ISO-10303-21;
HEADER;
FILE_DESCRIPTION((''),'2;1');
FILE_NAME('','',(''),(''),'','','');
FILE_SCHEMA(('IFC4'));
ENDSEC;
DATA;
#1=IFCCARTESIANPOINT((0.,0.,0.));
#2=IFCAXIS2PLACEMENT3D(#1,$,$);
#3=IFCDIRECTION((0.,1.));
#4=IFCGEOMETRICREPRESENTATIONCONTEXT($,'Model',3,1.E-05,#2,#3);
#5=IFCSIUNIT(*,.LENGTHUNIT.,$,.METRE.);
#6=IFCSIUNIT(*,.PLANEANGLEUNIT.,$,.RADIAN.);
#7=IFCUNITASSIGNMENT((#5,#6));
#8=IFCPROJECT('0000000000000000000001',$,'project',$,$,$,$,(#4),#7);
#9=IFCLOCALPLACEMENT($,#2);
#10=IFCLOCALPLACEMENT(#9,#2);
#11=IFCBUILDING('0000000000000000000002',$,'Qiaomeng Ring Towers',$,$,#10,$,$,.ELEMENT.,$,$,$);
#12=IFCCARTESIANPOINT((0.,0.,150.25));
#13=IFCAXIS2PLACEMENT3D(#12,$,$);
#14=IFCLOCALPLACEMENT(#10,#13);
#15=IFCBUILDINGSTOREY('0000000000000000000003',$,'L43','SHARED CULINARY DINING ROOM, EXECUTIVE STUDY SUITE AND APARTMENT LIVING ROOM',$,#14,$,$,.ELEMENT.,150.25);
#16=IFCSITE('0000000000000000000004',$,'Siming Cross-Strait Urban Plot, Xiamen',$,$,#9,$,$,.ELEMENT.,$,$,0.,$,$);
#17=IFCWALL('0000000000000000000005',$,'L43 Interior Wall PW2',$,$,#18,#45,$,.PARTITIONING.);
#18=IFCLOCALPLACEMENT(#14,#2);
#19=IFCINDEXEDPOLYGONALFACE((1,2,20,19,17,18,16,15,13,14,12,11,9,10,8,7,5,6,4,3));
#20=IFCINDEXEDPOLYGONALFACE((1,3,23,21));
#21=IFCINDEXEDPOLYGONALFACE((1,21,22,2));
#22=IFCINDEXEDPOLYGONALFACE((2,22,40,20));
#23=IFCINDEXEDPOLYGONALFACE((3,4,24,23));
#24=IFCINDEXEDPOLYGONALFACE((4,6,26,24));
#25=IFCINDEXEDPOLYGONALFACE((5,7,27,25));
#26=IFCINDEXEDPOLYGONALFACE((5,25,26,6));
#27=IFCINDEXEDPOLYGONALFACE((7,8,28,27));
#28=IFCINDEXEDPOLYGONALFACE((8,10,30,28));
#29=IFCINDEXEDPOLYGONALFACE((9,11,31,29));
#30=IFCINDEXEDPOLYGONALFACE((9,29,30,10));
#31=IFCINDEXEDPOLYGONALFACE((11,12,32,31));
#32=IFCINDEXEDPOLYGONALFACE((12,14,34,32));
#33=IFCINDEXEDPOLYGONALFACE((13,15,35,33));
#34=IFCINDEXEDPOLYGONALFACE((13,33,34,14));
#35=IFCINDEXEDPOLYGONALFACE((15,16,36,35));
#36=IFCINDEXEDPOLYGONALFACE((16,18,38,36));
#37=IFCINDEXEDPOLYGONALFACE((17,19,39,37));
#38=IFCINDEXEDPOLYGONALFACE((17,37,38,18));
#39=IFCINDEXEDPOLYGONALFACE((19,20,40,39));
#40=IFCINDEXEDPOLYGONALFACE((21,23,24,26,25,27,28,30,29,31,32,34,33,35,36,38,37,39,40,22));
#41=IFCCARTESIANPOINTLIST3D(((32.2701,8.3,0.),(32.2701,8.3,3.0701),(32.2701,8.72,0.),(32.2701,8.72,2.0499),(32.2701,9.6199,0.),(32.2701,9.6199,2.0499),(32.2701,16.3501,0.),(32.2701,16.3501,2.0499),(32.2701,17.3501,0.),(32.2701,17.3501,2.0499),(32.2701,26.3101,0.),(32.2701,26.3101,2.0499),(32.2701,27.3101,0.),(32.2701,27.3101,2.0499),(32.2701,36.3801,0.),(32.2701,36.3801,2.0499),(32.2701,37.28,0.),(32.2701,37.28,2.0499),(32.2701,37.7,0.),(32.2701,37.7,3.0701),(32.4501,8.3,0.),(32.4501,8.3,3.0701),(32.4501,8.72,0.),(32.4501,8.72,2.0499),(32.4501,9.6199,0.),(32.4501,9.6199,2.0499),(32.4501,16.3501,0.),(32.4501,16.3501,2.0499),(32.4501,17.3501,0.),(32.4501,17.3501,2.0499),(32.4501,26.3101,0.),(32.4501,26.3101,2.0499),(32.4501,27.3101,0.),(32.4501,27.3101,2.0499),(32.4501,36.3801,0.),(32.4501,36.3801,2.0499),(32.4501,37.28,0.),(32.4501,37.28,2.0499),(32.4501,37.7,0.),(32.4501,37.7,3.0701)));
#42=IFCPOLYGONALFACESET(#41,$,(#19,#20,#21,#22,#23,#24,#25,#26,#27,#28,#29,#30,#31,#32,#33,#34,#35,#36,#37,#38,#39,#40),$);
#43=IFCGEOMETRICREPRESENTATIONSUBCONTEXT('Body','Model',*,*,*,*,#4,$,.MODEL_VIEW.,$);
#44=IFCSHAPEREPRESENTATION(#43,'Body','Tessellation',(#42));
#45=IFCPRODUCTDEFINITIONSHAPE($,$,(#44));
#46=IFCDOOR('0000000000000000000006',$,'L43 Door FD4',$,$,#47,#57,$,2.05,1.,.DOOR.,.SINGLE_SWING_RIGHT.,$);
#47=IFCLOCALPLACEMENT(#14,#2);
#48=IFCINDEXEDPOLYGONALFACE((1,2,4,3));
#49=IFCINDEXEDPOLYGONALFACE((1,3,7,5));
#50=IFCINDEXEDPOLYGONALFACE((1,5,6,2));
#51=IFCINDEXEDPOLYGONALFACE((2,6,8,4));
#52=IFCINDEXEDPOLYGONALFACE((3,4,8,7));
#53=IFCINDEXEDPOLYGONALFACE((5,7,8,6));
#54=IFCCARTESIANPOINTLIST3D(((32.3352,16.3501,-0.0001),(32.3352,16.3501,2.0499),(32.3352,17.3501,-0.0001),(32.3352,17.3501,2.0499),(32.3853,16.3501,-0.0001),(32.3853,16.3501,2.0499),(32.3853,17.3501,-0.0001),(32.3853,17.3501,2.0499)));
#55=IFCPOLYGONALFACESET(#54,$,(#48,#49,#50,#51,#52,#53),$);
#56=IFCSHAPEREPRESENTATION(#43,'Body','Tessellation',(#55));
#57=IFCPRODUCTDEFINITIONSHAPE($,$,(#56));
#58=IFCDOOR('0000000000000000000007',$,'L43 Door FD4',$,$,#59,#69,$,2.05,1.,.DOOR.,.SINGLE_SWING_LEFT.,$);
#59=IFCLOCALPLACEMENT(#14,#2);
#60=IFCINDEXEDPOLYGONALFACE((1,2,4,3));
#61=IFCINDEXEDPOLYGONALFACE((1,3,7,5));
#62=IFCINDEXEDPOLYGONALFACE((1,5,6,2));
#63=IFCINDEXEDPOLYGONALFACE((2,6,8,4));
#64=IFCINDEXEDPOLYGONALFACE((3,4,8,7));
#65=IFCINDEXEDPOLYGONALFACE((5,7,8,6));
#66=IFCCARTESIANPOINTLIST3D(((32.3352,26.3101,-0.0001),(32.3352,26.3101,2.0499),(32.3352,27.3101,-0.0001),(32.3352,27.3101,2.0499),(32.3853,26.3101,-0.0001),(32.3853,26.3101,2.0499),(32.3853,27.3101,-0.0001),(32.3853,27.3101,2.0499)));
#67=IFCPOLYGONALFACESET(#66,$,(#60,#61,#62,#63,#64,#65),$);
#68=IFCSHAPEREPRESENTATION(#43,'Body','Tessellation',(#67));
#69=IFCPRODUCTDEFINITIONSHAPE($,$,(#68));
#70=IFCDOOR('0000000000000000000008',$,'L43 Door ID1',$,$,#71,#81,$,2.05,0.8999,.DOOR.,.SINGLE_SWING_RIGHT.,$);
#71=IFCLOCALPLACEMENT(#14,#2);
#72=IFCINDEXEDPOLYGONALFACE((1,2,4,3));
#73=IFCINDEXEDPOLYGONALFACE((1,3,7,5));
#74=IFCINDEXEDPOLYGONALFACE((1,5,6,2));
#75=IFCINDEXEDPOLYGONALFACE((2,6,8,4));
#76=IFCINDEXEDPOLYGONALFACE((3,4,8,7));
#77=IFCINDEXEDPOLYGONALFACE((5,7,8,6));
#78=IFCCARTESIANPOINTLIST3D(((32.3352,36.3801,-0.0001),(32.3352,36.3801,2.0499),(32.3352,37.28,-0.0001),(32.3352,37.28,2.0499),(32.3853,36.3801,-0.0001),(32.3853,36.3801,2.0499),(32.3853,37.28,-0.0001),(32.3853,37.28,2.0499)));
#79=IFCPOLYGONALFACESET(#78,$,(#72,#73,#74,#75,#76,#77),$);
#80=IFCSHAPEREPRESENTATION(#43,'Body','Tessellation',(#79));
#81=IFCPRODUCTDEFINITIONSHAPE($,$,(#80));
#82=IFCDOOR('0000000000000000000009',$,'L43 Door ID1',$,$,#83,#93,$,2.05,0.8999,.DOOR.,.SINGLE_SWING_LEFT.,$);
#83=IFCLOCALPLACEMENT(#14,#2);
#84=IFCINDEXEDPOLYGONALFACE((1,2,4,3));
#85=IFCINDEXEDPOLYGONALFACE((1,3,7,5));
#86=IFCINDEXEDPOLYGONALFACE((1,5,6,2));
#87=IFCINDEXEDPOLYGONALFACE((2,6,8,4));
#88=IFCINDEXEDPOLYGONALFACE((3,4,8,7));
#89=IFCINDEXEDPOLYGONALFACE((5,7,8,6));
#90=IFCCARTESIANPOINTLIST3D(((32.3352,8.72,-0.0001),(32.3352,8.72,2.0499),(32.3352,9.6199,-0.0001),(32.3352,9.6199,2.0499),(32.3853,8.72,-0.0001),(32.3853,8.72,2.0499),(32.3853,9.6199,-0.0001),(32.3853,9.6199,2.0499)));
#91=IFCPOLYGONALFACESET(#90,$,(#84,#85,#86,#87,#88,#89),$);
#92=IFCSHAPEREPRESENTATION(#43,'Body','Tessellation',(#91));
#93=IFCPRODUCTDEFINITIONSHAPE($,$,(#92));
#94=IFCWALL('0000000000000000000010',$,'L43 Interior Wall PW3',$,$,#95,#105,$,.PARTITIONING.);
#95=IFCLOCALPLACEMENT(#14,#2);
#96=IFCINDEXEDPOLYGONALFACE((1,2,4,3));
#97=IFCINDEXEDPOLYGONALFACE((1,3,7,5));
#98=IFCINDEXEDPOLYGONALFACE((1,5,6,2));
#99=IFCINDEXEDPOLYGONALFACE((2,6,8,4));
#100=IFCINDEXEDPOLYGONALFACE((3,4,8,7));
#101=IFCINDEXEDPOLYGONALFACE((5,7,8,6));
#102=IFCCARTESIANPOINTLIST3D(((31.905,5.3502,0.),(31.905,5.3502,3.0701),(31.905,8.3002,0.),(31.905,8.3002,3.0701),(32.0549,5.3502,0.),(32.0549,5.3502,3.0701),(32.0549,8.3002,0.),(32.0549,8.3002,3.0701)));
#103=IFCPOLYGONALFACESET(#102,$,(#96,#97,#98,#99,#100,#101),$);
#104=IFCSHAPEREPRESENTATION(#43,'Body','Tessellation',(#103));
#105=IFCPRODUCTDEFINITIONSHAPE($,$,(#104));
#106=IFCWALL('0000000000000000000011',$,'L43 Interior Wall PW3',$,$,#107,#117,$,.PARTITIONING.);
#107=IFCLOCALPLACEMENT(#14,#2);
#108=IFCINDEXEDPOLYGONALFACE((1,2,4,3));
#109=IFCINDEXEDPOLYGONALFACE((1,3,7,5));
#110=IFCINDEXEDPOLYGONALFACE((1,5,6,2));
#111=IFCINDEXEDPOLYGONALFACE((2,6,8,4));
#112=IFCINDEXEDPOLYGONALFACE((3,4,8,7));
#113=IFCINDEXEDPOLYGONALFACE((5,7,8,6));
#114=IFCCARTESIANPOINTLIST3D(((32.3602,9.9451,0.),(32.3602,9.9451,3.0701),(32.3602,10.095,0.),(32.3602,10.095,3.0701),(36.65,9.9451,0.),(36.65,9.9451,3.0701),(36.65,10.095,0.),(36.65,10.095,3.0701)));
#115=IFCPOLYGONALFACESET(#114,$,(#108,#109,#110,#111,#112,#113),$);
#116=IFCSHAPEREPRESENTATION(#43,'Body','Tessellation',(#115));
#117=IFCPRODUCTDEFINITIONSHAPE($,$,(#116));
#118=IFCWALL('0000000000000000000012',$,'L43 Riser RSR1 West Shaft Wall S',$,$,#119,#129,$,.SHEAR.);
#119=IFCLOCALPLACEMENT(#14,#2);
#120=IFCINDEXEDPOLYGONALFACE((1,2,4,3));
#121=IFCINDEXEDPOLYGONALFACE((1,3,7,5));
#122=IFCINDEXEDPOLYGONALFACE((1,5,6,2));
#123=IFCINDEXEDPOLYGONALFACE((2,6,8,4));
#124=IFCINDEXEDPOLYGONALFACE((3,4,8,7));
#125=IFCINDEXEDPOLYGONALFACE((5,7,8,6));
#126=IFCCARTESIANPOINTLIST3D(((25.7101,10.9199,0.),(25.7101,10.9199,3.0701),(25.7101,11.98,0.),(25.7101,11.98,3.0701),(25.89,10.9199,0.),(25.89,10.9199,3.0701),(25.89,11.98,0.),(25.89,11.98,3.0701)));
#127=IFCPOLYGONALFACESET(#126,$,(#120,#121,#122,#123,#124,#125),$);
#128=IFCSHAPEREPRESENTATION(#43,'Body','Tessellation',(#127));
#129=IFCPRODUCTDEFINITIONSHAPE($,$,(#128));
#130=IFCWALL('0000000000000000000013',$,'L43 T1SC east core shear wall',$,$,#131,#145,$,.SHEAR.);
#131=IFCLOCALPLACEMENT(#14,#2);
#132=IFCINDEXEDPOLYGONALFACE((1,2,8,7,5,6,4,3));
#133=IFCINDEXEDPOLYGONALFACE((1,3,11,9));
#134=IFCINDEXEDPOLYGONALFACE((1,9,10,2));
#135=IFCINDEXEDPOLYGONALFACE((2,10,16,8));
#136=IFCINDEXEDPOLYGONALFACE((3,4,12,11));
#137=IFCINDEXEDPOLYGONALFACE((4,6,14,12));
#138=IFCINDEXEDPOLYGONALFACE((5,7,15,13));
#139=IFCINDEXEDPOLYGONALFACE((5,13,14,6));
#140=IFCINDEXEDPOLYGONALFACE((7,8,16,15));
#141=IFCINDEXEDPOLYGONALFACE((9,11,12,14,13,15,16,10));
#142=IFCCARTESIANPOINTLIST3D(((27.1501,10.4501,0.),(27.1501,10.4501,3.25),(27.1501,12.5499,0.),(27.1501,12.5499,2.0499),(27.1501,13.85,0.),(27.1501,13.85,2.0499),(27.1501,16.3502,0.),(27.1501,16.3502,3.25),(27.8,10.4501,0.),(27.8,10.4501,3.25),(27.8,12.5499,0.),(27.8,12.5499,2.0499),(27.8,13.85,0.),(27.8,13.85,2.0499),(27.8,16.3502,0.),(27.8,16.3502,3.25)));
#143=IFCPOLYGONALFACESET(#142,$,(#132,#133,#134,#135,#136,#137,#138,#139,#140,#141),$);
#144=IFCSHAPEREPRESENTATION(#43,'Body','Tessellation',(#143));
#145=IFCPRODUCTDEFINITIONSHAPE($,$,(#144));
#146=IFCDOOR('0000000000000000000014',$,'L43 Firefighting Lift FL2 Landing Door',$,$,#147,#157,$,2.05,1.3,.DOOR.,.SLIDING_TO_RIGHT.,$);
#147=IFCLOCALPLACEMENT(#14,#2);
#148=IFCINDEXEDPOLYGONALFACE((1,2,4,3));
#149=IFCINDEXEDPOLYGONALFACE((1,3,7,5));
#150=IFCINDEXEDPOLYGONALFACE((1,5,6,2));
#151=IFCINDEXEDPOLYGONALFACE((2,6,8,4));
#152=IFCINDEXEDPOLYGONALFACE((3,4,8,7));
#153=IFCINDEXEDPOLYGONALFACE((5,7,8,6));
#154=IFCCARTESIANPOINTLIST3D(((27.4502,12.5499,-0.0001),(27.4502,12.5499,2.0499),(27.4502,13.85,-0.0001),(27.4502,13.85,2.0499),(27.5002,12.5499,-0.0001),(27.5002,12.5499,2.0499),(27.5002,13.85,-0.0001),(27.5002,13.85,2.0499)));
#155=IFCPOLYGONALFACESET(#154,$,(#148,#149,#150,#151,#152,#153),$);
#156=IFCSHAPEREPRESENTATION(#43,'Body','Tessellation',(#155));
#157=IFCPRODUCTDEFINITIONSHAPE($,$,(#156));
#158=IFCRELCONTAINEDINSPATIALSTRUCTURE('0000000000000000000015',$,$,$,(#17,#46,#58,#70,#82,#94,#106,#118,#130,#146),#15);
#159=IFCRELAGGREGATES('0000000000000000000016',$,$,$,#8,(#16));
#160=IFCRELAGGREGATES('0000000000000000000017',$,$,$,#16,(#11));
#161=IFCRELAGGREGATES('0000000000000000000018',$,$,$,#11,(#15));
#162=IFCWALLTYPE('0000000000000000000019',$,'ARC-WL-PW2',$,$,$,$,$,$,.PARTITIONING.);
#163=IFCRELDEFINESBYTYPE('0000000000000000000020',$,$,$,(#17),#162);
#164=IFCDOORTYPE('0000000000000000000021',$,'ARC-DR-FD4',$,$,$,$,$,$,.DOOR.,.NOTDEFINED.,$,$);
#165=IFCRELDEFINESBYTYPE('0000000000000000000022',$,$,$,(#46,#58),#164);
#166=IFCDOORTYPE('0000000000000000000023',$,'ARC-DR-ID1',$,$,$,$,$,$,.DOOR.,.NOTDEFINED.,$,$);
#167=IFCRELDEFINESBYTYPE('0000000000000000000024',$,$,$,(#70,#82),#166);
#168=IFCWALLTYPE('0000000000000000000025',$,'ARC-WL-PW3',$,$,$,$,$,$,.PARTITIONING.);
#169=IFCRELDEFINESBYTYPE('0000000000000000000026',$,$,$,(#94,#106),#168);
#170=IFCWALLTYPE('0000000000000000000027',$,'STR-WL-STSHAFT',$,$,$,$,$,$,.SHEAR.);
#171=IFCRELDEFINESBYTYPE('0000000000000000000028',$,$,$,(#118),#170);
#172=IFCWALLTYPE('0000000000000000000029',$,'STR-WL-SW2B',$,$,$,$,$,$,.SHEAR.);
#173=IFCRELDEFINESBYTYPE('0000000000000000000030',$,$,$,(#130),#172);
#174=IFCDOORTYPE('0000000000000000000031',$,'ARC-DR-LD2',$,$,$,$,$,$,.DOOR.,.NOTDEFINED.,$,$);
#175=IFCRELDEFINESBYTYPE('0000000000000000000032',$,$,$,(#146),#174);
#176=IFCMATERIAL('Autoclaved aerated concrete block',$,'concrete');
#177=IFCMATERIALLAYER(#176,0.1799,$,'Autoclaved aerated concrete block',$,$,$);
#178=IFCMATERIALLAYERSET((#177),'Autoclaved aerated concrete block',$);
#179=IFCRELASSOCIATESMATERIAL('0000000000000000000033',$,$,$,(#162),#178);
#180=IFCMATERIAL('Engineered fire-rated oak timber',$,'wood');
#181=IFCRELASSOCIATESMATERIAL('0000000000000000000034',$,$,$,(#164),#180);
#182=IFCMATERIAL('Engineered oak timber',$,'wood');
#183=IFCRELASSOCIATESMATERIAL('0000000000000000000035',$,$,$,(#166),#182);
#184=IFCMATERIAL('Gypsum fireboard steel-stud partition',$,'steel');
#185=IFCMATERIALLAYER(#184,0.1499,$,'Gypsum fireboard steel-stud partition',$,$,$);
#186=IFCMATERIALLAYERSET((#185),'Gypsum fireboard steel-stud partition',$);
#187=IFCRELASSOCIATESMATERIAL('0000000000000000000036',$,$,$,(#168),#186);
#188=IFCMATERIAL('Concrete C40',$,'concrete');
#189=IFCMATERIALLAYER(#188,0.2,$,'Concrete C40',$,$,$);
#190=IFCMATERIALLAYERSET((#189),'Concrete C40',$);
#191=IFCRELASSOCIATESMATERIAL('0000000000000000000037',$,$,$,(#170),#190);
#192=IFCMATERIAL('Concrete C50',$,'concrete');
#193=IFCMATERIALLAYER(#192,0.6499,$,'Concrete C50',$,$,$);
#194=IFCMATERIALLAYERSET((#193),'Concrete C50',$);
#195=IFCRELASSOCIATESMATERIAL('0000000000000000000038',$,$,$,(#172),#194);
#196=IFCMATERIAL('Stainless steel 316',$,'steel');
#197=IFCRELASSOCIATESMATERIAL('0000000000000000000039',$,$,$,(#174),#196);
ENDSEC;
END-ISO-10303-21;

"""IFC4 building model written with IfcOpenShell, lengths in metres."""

from ifc_helpers import new_model, si_unit, direction, frame, frame_2d, origin, place, context, subcontext, project, spatial, rectangle, extrude, source, transform, mapped, material, layer, layer_set, type_object, element, fill, save


model = new_model("IFC4")

# Units and contexts
model_context = context("Model", 3, precision=1e-05, world=origin(), true_north=direction((0.0, 1.0)))
body_context = subcontext(model_context, "Body", "Model", "MODEL_VIEW")
ifc_project = project(units=[si_unit("LENGTHUNIT", "METRE"), si_unit("PLANEANGLEUNIT", "RADIAN")], contexts=[model_context])

# Site, building, storey
site_placement = place(None, origin())
site = spatial("IfcSite", under=ifc_project, at=site_placement, Name="Siming Cross-Strait Urban Plot, Xiamen", CompositionType="ELEMENT", RefElevation=0.0)
building_placement = place(site_placement, origin())
building = spatial("IfcBuilding", under=site, at=building_placement, Name="Qiaomeng Ring Towers", CompositionType="ELEMENT")
storey_placement = place(building_placement, frame((0.0, 0.0, 150.25)))
storey = spatial("IfcBuildingStorey", under=building, at=storey_placement, Name="L43", Description="SHARED CULINARY DINING ROOM, EXECUTIVE STUDY SUITE AND APARTMENT LIVING ROOM", CompositionType="ELEMENT", Elevation=150.25)

# Shared definitions
ifc_material_1 = material(Name="Concrete C50", Category="concrete")

# Wall, openings, doors
ifc_material_2 = material(Name="Autoclaved aerated concrete block", Category="concrete")
ifc_layer_1 = layer(ifc_material_2, 0.1799, Name="Autoclaved aerated concrete block")
ifc_layer_set_1 = layer_set([ifc_layer_1], Name="Autoclaved aerated concrete block")
wall_type_1 = type_object("IfcWallType", Name="ARC-WL-PW2", PredefinedType="PARTITIONING", material=ifc_layer_set_1)
wall_1_placement = place(storey_placement, frame((32.3601, 8.3, 0.0), z_axis=(0.0, 0.0, 1.0), x_axis=(0.0, 1.0, 0.0)))
wall_1 = element("IfcWall", 1, at=wall_1_placement, inside=storey, type_object=wall_type_1, Name="L43 Interior Wall PW2", PredefinedType="PARTITIONING", context=body_context, shape_type="SweptSolid", body=[
    extrude(rectangle(XDim=29.3999, YDim=0.1799, at=frame_2d((14.7, 0.0))), origin(), (0.0, 0.0, 1.0), 3.0701),
])
opening_1_placement = place(wall_1_placement, frame((28.0801, 0.0, 0.0)))
opening_1 = element("IfcOpeningElement", 2, at=opening_1_placement, cuts=wall_1, PredefinedType="OPENING", context=body_context, shape_type="SweptSolid", body=[
    extrude(rectangle(XDim=0.8999, YDim=2.05, at=frame_2d((0.45, 1.0249))), frame((0.0, 0.0999, 0.0), z_axis=(0.0, -1.0, 0.0), x_axis=(1.0, 0.0, 0.0)), (0.0, 0.0, 1.0), 0.2),
])
opening_2_placement = place(wall_1_placement, frame((0.4199, 0.0, 0.0)))
opening_2 = element("IfcOpeningElement", 3, at=opening_2_placement, cuts=wall_1, PredefinedType="OPENING", context=body_context, shape_type="SweptSolid", body=[
    extrude(rectangle(XDim=0.8999, YDim=2.05, at=frame_2d((0.45, 1.0249))), frame((0.0, 0.0999, 0.0), z_axis=(0.0, -1.0, 0.0), x_axis=(1.0, 0.0, 0.0)), (0.0, 0.0, 1.0), 0.2),
])
opening_3_placement = place(wall_1_placement, frame((8.05, 0.0, 0.0)))
opening_3 = element("IfcOpeningElement", 4, at=opening_3_placement, cuts=wall_1, PredefinedType="OPENING", context=body_context, shape_type="SweptSolid", body=[
    extrude(rectangle(XDim=1.0, YDim=2.05, at=frame_2d((0.5, 1.0249))), frame((0.0, 0.0999, 0.0), z_axis=(0.0, -1.0, 0.0), x_axis=(1.0, 0.0, 0.0)), (0.0, 0.0, 1.0), 0.2),
])
opening_4_placement = place(wall_1_placement, frame((18.01, 0.0, 0.0)))
opening_4 = element("IfcOpeningElement", 5, at=opening_4_placement, cuts=wall_1, PredefinedType="OPENING", context=body_context, shape_type="SweptSolid", body=[
    extrude(rectangle(XDim=1.0, YDim=2.05, at=frame_2d((0.5, 1.0249))), frame((0.0, 0.0999, 0.0), z_axis=(0.0, -1.0, 0.0), x_axis=(1.0, 0.0, 0.0)), (0.0, 0.0, 1.0), 0.2),
])
ifc_material_3 = material(Name="Engineered fire-rated oak timber", Category="wood")
door_type_1 = type_object("IfcDoorType", Name="ARC-DR-FD4", OperationType="NOTDEFINED", PredefinedType="DOOR", material=ifc_material_3)
shared_shape_1 = source(origin(), body_context, "Body", "SweptSolid", [
    extrude(rectangle(XDim=1.0, YDim=2.05, at=frame_2d((0.5, 1.0249))), frame((0.0, 0.0249, 0.0), z_axis=(0.0, -1.0, 0.0), x_axis=(1.0, 0.0, 0.0)), (0.0, 0.0, 1.0), 0.05),
])
door_1_placement = place(opening_3_placement, origin())
door_1 = element("IfcDoor", 6, at=door_1_placement, inside=storey, type_object=door_type_1, Name="L43 Door FD4", OperationType="SINGLE_SWING_RIGHT", OverallHeight=2.05, OverallWidth=1.0, PredefinedType="DOOR", context=body_context, shape_type="MappedRepresentation", body=[
    mapped(shared_shape_1, transform((0.0, 0.0, 0.0), x_axis=(1.0, 0.0, 0.0), y_axis=(0.0, 1.0, 0.0), z_axis=(0.0, 0.0, 1.0), scale=1.0)),
])
fill(opening_3, door_1)
door_2_placement = place(opening_4_placement, origin())
door_2 = element("IfcDoor", 7, at=door_2_placement, inside=storey, type_object=door_type_1, Name="L43 Door FD4", OperationType="SINGLE_SWING_LEFT", OverallHeight=2.05, OverallWidth=1.0, PredefinedType="DOOR", context=body_context, shape_type="MappedRepresentation", body=[
    mapped(shared_shape_1, transform((0.0, 0.0, 0.0), x_axis=(1.0, 0.0, 0.0), y_axis=(0.0, 1.0, 0.0), z_axis=(0.0, 0.0, 1.0), scale=1.0)),
])
fill(opening_4, door_2)
ifc_material_4 = material(Name="Engineered oak timber", Category="wood")
door_type_2 = type_object("IfcDoorType", Name="ARC-DR-ID1", OperationType="NOTDEFINED", PredefinedType="DOOR", material=ifc_material_4)
shared_shape_2 = source(origin(), body_context, "Body", "SweptSolid", [
    extrude(rectangle(XDim=0.8999, YDim=2.05, at=frame_2d((0.45, 1.0249))), frame((0.0, 0.0249, 0.0), z_axis=(0.0, -1.0, 0.0), x_axis=(1.0, 0.0, 0.0)), (0.0, 0.0, 1.0), 0.05),
])
door_3_placement = place(opening_1_placement, origin())
door_3 = element("IfcDoor", 8, at=door_3_placement, inside=storey, type_object=door_type_2, Name="L43 Door ID1", OperationType="SINGLE_SWING_RIGHT", OverallHeight=2.05, OverallWidth=0.8999, PredefinedType="DOOR", context=body_context, shape_type="MappedRepresentation", body=[
    mapped(shared_shape_2, transform((0.0, 0.0, 0.0), x_axis=(1.0, 0.0, 0.0), y_axis=(0.0, 1.0, 0.0), z_axis=(0.0, 0.0, 1.0), scale=1.0)),
])
fill(opening_1, door_3)
door_4_placement = place(opening_2_placement, origin())
door_4 = element("IfcDoor", 9, at=door_4_placement, inside=storey, type_object=door_type_2, Name="L43 Door ID1", OperationType="SINGLE_SWING_LEFT", OverallHeight=2.05, OverallWidth=0.8999, PredefinedType="DOOR", context=body_context, shape_type="MappedRepresentation", body=[
    mapped(shared_shape_2, transform((0.0, 0.0, 0.0), x_axis=(1.0, 0.0, 0.0), y_axis=(0.0, 1.0, 0.0), z_axis=(0.0, 0.0, 1.0), scale=1.0)),
])
fill(opening_2, door_4)

# Walls
ifc_material_5 = material(Name="Gypsum fireboard steel-stud partition", Category="steel")
ifc_layer_2 = layer(ifc_material_5, 0.1499, Name="Gypsum fireboard steel-stud partition")
ifc_layer_set_2 = layer_set([ifc_layer_2], Name="Gypsum fireboard steel-stud partition")
wall_type_2 = type_object("IfcWallType", Name="ARC-WL-PW3", PredefinedType="PARTITIONING", material=ifc_layer_set_2)
wall_2_placement = place(storey_placement, frame((31.98, 5.3501, 0.0), z_axis=(0.0, 0.0, 1.0), x_axis=(0.0, 1.0, 0.0)))
element("IfcWall", 10, at=wall_2_placement, inside=storey, type_object=wall_type_2, Name="L43 Interior Wall PW3", PredefinedType="PARTITIONING", context=body_context, shape_type="SweptSolid", body=[
    extrude(rectangle(XDim=2.95, YDim=0.1499, at=frame_2d((1.4751, 0.0))), origin(), (0.0, 0.0, 1.0), 3.0701),
])
wall_3_placement = place(storey_placement, frame((32.3601, 10.02, 0.0), z_axis=(0.0, 0.0, 1.0), x_axis=(1.0, 0.0, 0.0)))
element("IfcWall", 11, at=wall_3_placement, inside=storey, type_object=wall_type_2, Name="L43 Interior Wall PW3", PredefinedType="PARTITIONING", context=body_context, shape_type="SweptSolid", body=[
    extrude(rectangle(XDim=4.2898, YDim=0.1499, at=frame_2d((2.145, 0.0))), origin(), (0.0, 0.0, 1.0), 3.0701),
])
ifc_material_6 = material(Name="Concrete C40", Category="concrete")
ifc_layer_3 = layer(ifc_material_6, 0.2, Name="Concrete C40")
ifc_layer_set_3 = layer_set([ifc_layer_3], Name="Concrete C40")
wall_type_3 = type_object("IfcWallType", Name="STR-WL-STSHAFT", PredefinedType="SHEAR", material=ifc_layer_set_3)
wall_4_placement = place(storey_placement, frame((25.8, 10.9199, 0.0), z_axis=(0.0, 0.0, 1.0), x_axis=(0.0, 1.0, 0.0)))
element("IfcWall", 12, at=wall_4_placement, inside=storey, type_object=wall_type_3, Name="L43 Riser RSR1 West Shaft Wall S", PredefinedType="SHEAR", context=body_context, shape_type="SweptSolid", body=[
    extrude(rectangle(XDim=1.0601, YDim=0.1799, at=frame_2d((0.53, 0.0))), origin(), (0.0, 0.0, 1.0), 3.0701),
])

# Wall, opening, door
ifc_layer_4 = layer(ifc_material_1, 0.6499, Name="Concrete C50")
ifc_layer_set_4 = layer_set([ifc_layer_4], Name="Concrete C50")
wall_type_4 = type_object("IfcWallType", Name="STR-WL-SW2B", PredefinedType="SHEAR", material=ifc_layer_set_4)
wall_5_placement = place(storey_placement, frame((27.4751, 10.45, 0.0), z_axis=(0.0, 0.0, 1.0), x_axis=(0.0, 1.0, 0.0)))
wall_5 = element("IfcWall", 13, at=wall_5_placement, inside=storey, type_object=wall_type_4, Name="L43 T1SC east core shear wall", PredefinedType="SHEAR", context=body_context, shape_type="SweptSolid", body=[
    extrude(rectangle(XDim=5.9001, YDim=0.6499, at=frame_2d((2.9502, 0.0))), origin(), (0.0, 0.0, 1.0), 3.25),
])
opening_5_placement = place(wall_5_placement, frame((2.1001, 0.0, 0.0)))
opening_5 = element("IfcOpeningElement", 14, at=opening_5_placement, cuts=wall_5, PredefinedType="OPENING", context=body_context, shape_type="SweptSolid", body=[
    extrude(rectangle(XDim=1.3, YDim=2.05, at=frame_2d((0.6499, 1.0249))), frame((0.0, 0.335, 0.0), z_axis=(0.0, -1.0, 0.0), x_axis=(1.0, 0.0, 0.0)), (0.0, 0.0, 1.0), 0.6699),
])
ifc_material_7 = material(Name="Stainless steel 316", Category="steel")
door_type_3 = type_object("IfcDoorType", Name="ARC-DR-LD2", OperationType="NOTDEFINED", PredefinedType="DOOR", material=ifc_material_7)
shared_shape_3 = source(origin(), body_context, "Body", "SweptSolid", [
    extrude(rectangle(XDim=1.3, YDim=2.05, at=frame_2d((0.6499, 1.0249))), frame((0.0, 0.0249, 0.0), z_axis=(0.0, -1.0, 0.0), x_axis=(1.0, 0.0, 0.0)), (0.0, 0.0, 1.0), 0.05),
])
door_5_placement = place(opening_5_placement, origin())
door_5 = element("IfcDoor", 15, at=door_5_placement, inside=storey, type_object=door_type_3, Name="L43 Firefighting Lift FL2 Landing Door", OperationType="SLIDING_TO_RIGHT", OverallHeight=2.05, OverallWidth=1.3, PredefinedType="DOOR", context=body_context, shape_type="MappedRepresentation", body=[
    mapped(shared_shape_3, transform((0.0, 0.0, 0.0), x_axis=(1.0, 0.0, 0.0), y_axis=(0.0, 1.0, 0.0), z_axis=(0.0, 0.0, 1.0), scale=1.0)),
])
fill(opening_5, door_5)

save(model, "model.ifc")
